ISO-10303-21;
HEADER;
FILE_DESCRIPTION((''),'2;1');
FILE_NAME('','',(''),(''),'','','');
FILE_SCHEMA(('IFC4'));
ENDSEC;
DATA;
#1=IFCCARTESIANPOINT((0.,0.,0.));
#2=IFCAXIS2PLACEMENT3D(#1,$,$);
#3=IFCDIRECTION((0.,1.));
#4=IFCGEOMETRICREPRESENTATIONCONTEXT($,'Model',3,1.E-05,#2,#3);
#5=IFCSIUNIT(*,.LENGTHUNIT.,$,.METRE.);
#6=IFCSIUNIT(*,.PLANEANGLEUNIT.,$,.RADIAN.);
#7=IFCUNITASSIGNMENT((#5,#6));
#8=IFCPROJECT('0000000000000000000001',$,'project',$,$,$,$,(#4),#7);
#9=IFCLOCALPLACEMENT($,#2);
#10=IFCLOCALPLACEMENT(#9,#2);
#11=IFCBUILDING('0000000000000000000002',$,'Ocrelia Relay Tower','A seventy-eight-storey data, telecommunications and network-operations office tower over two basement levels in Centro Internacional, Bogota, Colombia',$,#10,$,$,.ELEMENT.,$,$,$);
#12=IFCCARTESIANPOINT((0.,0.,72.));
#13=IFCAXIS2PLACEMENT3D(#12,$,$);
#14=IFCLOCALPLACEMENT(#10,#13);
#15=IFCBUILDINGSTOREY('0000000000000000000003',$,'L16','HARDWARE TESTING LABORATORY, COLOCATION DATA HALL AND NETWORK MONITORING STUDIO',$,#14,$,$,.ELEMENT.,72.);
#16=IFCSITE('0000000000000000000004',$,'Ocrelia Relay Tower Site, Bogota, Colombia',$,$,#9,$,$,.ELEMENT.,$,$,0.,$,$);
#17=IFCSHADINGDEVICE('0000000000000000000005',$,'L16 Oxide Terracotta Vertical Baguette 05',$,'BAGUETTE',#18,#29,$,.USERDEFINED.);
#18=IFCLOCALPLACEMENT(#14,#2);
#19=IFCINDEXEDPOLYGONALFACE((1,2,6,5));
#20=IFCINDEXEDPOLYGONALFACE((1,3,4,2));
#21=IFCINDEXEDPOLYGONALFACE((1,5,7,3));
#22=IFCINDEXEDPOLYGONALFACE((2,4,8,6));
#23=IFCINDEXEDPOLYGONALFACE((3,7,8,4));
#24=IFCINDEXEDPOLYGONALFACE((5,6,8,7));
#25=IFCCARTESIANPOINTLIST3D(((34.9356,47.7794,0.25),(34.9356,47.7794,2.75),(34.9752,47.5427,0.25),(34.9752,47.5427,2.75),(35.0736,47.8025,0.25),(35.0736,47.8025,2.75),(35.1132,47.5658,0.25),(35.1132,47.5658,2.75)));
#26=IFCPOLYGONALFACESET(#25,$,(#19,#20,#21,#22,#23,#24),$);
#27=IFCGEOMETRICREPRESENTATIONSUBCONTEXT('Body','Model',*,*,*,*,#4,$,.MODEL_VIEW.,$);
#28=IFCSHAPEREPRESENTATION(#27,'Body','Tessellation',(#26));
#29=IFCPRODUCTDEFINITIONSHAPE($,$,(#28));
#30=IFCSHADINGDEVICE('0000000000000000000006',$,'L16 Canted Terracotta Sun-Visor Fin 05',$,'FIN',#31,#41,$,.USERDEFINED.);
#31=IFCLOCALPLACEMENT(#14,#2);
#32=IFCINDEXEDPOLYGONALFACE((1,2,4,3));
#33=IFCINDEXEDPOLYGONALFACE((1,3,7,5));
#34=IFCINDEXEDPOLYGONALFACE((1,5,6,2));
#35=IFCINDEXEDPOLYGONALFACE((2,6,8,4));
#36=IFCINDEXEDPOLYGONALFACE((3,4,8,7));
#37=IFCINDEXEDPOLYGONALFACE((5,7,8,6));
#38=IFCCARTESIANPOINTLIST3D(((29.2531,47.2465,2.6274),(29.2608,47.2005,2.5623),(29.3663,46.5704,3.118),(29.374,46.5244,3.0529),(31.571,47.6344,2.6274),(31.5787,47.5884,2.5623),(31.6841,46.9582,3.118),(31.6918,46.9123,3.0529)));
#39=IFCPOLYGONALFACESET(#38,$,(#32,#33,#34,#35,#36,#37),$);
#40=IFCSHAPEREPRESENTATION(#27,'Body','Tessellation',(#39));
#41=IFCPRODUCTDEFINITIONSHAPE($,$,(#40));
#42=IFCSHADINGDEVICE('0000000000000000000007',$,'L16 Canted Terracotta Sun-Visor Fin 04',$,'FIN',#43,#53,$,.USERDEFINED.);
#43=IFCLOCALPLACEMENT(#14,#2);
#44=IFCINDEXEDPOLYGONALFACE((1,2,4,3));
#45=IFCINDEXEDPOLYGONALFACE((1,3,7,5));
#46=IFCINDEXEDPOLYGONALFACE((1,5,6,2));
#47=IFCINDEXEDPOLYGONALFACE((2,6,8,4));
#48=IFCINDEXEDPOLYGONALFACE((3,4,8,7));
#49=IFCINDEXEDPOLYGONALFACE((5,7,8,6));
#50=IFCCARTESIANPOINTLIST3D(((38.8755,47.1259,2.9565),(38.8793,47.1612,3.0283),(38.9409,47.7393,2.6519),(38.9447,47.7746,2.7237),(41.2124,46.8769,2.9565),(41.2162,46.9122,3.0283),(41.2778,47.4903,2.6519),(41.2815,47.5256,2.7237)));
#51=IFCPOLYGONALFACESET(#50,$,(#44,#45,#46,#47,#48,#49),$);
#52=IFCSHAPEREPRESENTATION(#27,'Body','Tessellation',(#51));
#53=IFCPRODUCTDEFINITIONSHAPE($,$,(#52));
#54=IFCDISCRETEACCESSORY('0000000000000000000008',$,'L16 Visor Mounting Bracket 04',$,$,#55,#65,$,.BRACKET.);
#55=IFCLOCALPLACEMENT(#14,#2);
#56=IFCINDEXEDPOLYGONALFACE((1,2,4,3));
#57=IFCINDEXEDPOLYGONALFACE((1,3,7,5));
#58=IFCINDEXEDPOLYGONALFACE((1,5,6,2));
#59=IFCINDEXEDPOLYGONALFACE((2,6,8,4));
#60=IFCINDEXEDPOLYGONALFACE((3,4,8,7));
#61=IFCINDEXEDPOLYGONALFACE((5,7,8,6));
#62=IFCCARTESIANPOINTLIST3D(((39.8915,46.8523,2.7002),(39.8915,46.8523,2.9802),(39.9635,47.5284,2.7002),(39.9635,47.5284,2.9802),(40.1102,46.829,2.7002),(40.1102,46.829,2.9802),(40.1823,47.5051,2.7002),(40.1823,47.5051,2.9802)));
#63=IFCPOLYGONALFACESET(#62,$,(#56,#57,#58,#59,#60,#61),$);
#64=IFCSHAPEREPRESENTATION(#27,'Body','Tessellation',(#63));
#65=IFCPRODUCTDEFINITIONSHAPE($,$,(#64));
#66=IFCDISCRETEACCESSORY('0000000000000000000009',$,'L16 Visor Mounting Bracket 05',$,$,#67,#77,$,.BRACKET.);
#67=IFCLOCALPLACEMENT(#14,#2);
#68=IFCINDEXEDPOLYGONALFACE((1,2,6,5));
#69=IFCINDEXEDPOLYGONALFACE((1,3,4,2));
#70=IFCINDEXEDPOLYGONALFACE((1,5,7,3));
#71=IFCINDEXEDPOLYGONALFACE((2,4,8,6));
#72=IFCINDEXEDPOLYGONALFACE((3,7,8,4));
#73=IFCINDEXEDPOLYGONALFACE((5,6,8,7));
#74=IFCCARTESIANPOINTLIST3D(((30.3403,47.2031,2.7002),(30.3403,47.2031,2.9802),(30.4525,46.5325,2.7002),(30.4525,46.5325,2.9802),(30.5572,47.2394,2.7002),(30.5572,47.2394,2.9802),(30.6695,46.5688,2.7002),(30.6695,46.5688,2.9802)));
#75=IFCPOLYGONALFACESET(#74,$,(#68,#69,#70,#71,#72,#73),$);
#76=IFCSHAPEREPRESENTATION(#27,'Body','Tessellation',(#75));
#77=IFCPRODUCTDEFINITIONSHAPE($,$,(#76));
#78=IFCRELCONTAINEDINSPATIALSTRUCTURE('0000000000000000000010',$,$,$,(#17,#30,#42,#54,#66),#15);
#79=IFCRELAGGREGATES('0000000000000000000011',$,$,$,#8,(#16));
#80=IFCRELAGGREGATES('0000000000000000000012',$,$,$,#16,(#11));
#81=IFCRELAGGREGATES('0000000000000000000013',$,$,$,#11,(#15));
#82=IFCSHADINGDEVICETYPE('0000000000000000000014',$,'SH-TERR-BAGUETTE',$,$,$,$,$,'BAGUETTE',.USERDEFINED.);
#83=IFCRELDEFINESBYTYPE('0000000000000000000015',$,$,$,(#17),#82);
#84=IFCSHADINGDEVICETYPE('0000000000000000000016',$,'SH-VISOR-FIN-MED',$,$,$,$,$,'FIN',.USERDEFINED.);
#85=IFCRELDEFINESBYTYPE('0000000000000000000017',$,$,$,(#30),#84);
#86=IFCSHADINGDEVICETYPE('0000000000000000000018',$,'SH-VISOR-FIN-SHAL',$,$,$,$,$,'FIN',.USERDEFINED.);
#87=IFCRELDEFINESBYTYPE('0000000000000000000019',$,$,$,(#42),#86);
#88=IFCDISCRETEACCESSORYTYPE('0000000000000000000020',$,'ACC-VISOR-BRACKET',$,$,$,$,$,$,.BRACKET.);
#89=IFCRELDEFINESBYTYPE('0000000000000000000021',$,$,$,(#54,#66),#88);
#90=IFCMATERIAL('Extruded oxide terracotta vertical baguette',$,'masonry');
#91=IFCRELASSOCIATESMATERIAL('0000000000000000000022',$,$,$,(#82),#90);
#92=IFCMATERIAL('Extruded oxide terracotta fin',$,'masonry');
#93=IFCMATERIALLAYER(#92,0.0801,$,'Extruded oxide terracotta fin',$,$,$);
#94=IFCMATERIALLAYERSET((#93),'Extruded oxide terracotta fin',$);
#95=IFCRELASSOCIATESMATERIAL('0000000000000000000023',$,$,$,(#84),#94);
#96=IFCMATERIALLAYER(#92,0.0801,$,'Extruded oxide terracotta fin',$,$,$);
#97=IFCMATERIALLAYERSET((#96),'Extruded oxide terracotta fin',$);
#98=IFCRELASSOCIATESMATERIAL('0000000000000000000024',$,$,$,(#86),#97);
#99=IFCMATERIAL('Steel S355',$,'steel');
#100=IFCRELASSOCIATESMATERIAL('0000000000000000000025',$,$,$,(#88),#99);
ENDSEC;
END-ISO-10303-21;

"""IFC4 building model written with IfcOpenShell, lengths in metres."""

from ifc_helpers import new_model, si_unit, direction, frame, origin, origin_2d, place, context, subcontext, project, spatial, rectangle, extrude, material, layer, layer_set, type_object, element, save


model = new_model("IFC4")

# Units and contexts
model_context = context("Model", 3, precision=1e-05, world=origin(), true_north=direction((0.0, 1.0)))
body_context = subcontext(model_context, "Body", "Model", "MODEL_VIEW")
ifc_project = project(units=[si_unit("LENGTHUNIT", "METRE"), si_unit("PLANEANGLEUNIT", "RADIAN")], contexts=[model_context])

# Site, building, storey
site_placement = place(None, origin())
site = spatial("IfcSite", under=ifc_project, at=site_placement, Name="Ocrelia Relay Tower Site, Bogota, Colombia", CompositionType="ELEMENT", RefElevation=0.0)
building_placement = place(site_placement, origin())
building = spatial("IfcBuilding", under=site, at=building_placement, Name="Ocrelia Relay Tower", Description="A seventy-eight-storey data, telecommunications and network-operations office tower over two basement levels in Centro Internacional, Bogota, Colombia", CompositionType="ELEMENT")
storey_placement = place(building_placement, frame((0.0, 0.0, 72.0)))
storey = spatial("IfcBuildingStorey", under=building, at=storey_placement, Name="L16", Description="HARDWARE TESTING LABORATORY, COLOCATION DATA HALL AND NETWORK MONITORING STUDIO", CompositionType="ELEMENT", Elevation=72.0)

# Shared definitions
ifc_material_1 = material(Name="Steel S355", Category="steel")

# Shading devices
ifc_material_2 = material(Name="Extruded oxide terracotta vertical baguette", Category="masonry")
shading_device_type_1 = type_object("IfcShadingDeviceType", Name="SH-TERR-BAGUETTE", ElementType="BAGUETTE", PredefinedType="USERDEFINED", material=ifc_material_2)
for number, where, z_axis, x_axis, name in (
    (1, (35.0244, 47.6726, 0.25), (0.0, 0.0, 1.0), (-0.986286, -0.165047, 0.0), "L16 Oxide Terracotta Vertical Baguette 05"),
):
    element("IfcShadingDevice", number, at=place(storey_placement, frame(where, z_axis=z_axis, x_axis=x_axis)), inside=storey, type_object=shading_device_type_1, Name=name, ObjectType="BAGUETTE", PredefinedType="USERDEFINED", context=body_context, shape_type="SweptSolid", body=[
        extrude(rectangle(XDim=0.1399, YDim=0.24, at=origin_2d()), origin(), (0.0, 0.0, 1.0), 2.5),
    ])
ifc_material_3 = material(Name="Extruded oxide terracotta fin", Category="masonry")
ifc_layer_1 = layer(ifc_material_3, 0.0801, Name="Extruded oxide terracotta fin")
ifc_layer_set_1 = layer_set([ifc_layer_1], Name="Extruded oxide terracotta fin")
shading_device_type_2 = type_object("IfcShadingDeviceType", Name="SH-VISOR-FIN-MED", ElementType="FIN", PredefinedType="USERDEFINED", material=ifc_layer_set_1)
shading_device_1_placement = place(storey_placement, frame((30.4763, 47.0564, 2.8076), z_axis=(-0.096054, 0.574, 0.813202), x_axis=(-0.986286, -0.165047, 0.0)))
element("IfcShadingDevice", 2, at=shading_device_1_placement, inside=storey, type_object=shading_device_type_2, Name="L16 Canted Terracotta Sun-Visor Fin 05", ObjectType="FIN", PredefinedType="USERDEFINED", context=body_context, shape_type="SweptSolid", body=[
    extrude(rectangle(XDim=2.3501, YDim=0.843, at=origin_2d()), origin(), (0.0, 0.0, 1.0), 0.0801),
])
ifc_layer_2 = layer(ifc_material_3, 0.0801, Name="Extruded oxide terracotta fin")
ifc_layer_set_2 = layer_set([ifc_layer_2], Name="Extruded oxide terracotta fin")
shading_device_type_3 = type_object("IfcShadingDeviceType", Name="SH-VISOR-FIN-SHAL", ElementType="FIN", PredefinedType="USERDEFINED", material=ifc_layer_set_2)
shading_device_2_placement = place(storey_placement, frame((40.0767, 47.3081, 2.8042), z_axis=(0.046914, 0.440266, 0.896641), x_axis=(-0.99437, 0.105959, 0.0)))
element("IfcShadingDevice", 3, at=shading_device_2_placement, inside=storey, type_object=shading_device_type_3, Name="L16 Canted Terracotta Sun-Visor Fin 04", ObjectType="FIN", PredefinedType="USERDEFINED", context=body_context, shape_type="SweptSolid", body=[
    extrude(rectangle(XDim=2.3501, YDim=0.688, at=origin_2d()), origin(), (0.0, 0.0, 1.0), 0.0801),
])

# Discrete accessories
discrete_accessory_type = type_object("IfcDiscreteAccessoryType", Name="ACC-VISOR-BRACKET", PredefinedType="BRACKET", material=ifc_material_1)
for number, where, z_axis, x_axis, name in (
    (4, (40.0369, 47.1787, 2.7002), (0.0, 0.0, 1.0), (-0.99437, 0.105959, 0.0), "L16 Visor Mounting Bracket 04"),
    (5, (30.5049, 46.886, 2.7002), (0.0, 0.0, 1.0), (-0.986286, -0.165047, 0.0), "L16 Visor Mounting Bracket 05"),
):
    element("IfcDiscreteAccessory", number, at=place(storey_placement, frame(where, z_axis=z_axis, x_axis=x_axis)), inside=storey, type_object=discrete_accessory_type, Name=name, PredefinedType="BRACKET", context=body_context, shape_type="SweptSolid", body=[
        extrude(rectangle(XDim=0.22, YDim=0.6799, at=origin_2d()), origin(), (0.0, 0.0, 1.0), 0.28),
    ])

save(model, "model.ifc")
